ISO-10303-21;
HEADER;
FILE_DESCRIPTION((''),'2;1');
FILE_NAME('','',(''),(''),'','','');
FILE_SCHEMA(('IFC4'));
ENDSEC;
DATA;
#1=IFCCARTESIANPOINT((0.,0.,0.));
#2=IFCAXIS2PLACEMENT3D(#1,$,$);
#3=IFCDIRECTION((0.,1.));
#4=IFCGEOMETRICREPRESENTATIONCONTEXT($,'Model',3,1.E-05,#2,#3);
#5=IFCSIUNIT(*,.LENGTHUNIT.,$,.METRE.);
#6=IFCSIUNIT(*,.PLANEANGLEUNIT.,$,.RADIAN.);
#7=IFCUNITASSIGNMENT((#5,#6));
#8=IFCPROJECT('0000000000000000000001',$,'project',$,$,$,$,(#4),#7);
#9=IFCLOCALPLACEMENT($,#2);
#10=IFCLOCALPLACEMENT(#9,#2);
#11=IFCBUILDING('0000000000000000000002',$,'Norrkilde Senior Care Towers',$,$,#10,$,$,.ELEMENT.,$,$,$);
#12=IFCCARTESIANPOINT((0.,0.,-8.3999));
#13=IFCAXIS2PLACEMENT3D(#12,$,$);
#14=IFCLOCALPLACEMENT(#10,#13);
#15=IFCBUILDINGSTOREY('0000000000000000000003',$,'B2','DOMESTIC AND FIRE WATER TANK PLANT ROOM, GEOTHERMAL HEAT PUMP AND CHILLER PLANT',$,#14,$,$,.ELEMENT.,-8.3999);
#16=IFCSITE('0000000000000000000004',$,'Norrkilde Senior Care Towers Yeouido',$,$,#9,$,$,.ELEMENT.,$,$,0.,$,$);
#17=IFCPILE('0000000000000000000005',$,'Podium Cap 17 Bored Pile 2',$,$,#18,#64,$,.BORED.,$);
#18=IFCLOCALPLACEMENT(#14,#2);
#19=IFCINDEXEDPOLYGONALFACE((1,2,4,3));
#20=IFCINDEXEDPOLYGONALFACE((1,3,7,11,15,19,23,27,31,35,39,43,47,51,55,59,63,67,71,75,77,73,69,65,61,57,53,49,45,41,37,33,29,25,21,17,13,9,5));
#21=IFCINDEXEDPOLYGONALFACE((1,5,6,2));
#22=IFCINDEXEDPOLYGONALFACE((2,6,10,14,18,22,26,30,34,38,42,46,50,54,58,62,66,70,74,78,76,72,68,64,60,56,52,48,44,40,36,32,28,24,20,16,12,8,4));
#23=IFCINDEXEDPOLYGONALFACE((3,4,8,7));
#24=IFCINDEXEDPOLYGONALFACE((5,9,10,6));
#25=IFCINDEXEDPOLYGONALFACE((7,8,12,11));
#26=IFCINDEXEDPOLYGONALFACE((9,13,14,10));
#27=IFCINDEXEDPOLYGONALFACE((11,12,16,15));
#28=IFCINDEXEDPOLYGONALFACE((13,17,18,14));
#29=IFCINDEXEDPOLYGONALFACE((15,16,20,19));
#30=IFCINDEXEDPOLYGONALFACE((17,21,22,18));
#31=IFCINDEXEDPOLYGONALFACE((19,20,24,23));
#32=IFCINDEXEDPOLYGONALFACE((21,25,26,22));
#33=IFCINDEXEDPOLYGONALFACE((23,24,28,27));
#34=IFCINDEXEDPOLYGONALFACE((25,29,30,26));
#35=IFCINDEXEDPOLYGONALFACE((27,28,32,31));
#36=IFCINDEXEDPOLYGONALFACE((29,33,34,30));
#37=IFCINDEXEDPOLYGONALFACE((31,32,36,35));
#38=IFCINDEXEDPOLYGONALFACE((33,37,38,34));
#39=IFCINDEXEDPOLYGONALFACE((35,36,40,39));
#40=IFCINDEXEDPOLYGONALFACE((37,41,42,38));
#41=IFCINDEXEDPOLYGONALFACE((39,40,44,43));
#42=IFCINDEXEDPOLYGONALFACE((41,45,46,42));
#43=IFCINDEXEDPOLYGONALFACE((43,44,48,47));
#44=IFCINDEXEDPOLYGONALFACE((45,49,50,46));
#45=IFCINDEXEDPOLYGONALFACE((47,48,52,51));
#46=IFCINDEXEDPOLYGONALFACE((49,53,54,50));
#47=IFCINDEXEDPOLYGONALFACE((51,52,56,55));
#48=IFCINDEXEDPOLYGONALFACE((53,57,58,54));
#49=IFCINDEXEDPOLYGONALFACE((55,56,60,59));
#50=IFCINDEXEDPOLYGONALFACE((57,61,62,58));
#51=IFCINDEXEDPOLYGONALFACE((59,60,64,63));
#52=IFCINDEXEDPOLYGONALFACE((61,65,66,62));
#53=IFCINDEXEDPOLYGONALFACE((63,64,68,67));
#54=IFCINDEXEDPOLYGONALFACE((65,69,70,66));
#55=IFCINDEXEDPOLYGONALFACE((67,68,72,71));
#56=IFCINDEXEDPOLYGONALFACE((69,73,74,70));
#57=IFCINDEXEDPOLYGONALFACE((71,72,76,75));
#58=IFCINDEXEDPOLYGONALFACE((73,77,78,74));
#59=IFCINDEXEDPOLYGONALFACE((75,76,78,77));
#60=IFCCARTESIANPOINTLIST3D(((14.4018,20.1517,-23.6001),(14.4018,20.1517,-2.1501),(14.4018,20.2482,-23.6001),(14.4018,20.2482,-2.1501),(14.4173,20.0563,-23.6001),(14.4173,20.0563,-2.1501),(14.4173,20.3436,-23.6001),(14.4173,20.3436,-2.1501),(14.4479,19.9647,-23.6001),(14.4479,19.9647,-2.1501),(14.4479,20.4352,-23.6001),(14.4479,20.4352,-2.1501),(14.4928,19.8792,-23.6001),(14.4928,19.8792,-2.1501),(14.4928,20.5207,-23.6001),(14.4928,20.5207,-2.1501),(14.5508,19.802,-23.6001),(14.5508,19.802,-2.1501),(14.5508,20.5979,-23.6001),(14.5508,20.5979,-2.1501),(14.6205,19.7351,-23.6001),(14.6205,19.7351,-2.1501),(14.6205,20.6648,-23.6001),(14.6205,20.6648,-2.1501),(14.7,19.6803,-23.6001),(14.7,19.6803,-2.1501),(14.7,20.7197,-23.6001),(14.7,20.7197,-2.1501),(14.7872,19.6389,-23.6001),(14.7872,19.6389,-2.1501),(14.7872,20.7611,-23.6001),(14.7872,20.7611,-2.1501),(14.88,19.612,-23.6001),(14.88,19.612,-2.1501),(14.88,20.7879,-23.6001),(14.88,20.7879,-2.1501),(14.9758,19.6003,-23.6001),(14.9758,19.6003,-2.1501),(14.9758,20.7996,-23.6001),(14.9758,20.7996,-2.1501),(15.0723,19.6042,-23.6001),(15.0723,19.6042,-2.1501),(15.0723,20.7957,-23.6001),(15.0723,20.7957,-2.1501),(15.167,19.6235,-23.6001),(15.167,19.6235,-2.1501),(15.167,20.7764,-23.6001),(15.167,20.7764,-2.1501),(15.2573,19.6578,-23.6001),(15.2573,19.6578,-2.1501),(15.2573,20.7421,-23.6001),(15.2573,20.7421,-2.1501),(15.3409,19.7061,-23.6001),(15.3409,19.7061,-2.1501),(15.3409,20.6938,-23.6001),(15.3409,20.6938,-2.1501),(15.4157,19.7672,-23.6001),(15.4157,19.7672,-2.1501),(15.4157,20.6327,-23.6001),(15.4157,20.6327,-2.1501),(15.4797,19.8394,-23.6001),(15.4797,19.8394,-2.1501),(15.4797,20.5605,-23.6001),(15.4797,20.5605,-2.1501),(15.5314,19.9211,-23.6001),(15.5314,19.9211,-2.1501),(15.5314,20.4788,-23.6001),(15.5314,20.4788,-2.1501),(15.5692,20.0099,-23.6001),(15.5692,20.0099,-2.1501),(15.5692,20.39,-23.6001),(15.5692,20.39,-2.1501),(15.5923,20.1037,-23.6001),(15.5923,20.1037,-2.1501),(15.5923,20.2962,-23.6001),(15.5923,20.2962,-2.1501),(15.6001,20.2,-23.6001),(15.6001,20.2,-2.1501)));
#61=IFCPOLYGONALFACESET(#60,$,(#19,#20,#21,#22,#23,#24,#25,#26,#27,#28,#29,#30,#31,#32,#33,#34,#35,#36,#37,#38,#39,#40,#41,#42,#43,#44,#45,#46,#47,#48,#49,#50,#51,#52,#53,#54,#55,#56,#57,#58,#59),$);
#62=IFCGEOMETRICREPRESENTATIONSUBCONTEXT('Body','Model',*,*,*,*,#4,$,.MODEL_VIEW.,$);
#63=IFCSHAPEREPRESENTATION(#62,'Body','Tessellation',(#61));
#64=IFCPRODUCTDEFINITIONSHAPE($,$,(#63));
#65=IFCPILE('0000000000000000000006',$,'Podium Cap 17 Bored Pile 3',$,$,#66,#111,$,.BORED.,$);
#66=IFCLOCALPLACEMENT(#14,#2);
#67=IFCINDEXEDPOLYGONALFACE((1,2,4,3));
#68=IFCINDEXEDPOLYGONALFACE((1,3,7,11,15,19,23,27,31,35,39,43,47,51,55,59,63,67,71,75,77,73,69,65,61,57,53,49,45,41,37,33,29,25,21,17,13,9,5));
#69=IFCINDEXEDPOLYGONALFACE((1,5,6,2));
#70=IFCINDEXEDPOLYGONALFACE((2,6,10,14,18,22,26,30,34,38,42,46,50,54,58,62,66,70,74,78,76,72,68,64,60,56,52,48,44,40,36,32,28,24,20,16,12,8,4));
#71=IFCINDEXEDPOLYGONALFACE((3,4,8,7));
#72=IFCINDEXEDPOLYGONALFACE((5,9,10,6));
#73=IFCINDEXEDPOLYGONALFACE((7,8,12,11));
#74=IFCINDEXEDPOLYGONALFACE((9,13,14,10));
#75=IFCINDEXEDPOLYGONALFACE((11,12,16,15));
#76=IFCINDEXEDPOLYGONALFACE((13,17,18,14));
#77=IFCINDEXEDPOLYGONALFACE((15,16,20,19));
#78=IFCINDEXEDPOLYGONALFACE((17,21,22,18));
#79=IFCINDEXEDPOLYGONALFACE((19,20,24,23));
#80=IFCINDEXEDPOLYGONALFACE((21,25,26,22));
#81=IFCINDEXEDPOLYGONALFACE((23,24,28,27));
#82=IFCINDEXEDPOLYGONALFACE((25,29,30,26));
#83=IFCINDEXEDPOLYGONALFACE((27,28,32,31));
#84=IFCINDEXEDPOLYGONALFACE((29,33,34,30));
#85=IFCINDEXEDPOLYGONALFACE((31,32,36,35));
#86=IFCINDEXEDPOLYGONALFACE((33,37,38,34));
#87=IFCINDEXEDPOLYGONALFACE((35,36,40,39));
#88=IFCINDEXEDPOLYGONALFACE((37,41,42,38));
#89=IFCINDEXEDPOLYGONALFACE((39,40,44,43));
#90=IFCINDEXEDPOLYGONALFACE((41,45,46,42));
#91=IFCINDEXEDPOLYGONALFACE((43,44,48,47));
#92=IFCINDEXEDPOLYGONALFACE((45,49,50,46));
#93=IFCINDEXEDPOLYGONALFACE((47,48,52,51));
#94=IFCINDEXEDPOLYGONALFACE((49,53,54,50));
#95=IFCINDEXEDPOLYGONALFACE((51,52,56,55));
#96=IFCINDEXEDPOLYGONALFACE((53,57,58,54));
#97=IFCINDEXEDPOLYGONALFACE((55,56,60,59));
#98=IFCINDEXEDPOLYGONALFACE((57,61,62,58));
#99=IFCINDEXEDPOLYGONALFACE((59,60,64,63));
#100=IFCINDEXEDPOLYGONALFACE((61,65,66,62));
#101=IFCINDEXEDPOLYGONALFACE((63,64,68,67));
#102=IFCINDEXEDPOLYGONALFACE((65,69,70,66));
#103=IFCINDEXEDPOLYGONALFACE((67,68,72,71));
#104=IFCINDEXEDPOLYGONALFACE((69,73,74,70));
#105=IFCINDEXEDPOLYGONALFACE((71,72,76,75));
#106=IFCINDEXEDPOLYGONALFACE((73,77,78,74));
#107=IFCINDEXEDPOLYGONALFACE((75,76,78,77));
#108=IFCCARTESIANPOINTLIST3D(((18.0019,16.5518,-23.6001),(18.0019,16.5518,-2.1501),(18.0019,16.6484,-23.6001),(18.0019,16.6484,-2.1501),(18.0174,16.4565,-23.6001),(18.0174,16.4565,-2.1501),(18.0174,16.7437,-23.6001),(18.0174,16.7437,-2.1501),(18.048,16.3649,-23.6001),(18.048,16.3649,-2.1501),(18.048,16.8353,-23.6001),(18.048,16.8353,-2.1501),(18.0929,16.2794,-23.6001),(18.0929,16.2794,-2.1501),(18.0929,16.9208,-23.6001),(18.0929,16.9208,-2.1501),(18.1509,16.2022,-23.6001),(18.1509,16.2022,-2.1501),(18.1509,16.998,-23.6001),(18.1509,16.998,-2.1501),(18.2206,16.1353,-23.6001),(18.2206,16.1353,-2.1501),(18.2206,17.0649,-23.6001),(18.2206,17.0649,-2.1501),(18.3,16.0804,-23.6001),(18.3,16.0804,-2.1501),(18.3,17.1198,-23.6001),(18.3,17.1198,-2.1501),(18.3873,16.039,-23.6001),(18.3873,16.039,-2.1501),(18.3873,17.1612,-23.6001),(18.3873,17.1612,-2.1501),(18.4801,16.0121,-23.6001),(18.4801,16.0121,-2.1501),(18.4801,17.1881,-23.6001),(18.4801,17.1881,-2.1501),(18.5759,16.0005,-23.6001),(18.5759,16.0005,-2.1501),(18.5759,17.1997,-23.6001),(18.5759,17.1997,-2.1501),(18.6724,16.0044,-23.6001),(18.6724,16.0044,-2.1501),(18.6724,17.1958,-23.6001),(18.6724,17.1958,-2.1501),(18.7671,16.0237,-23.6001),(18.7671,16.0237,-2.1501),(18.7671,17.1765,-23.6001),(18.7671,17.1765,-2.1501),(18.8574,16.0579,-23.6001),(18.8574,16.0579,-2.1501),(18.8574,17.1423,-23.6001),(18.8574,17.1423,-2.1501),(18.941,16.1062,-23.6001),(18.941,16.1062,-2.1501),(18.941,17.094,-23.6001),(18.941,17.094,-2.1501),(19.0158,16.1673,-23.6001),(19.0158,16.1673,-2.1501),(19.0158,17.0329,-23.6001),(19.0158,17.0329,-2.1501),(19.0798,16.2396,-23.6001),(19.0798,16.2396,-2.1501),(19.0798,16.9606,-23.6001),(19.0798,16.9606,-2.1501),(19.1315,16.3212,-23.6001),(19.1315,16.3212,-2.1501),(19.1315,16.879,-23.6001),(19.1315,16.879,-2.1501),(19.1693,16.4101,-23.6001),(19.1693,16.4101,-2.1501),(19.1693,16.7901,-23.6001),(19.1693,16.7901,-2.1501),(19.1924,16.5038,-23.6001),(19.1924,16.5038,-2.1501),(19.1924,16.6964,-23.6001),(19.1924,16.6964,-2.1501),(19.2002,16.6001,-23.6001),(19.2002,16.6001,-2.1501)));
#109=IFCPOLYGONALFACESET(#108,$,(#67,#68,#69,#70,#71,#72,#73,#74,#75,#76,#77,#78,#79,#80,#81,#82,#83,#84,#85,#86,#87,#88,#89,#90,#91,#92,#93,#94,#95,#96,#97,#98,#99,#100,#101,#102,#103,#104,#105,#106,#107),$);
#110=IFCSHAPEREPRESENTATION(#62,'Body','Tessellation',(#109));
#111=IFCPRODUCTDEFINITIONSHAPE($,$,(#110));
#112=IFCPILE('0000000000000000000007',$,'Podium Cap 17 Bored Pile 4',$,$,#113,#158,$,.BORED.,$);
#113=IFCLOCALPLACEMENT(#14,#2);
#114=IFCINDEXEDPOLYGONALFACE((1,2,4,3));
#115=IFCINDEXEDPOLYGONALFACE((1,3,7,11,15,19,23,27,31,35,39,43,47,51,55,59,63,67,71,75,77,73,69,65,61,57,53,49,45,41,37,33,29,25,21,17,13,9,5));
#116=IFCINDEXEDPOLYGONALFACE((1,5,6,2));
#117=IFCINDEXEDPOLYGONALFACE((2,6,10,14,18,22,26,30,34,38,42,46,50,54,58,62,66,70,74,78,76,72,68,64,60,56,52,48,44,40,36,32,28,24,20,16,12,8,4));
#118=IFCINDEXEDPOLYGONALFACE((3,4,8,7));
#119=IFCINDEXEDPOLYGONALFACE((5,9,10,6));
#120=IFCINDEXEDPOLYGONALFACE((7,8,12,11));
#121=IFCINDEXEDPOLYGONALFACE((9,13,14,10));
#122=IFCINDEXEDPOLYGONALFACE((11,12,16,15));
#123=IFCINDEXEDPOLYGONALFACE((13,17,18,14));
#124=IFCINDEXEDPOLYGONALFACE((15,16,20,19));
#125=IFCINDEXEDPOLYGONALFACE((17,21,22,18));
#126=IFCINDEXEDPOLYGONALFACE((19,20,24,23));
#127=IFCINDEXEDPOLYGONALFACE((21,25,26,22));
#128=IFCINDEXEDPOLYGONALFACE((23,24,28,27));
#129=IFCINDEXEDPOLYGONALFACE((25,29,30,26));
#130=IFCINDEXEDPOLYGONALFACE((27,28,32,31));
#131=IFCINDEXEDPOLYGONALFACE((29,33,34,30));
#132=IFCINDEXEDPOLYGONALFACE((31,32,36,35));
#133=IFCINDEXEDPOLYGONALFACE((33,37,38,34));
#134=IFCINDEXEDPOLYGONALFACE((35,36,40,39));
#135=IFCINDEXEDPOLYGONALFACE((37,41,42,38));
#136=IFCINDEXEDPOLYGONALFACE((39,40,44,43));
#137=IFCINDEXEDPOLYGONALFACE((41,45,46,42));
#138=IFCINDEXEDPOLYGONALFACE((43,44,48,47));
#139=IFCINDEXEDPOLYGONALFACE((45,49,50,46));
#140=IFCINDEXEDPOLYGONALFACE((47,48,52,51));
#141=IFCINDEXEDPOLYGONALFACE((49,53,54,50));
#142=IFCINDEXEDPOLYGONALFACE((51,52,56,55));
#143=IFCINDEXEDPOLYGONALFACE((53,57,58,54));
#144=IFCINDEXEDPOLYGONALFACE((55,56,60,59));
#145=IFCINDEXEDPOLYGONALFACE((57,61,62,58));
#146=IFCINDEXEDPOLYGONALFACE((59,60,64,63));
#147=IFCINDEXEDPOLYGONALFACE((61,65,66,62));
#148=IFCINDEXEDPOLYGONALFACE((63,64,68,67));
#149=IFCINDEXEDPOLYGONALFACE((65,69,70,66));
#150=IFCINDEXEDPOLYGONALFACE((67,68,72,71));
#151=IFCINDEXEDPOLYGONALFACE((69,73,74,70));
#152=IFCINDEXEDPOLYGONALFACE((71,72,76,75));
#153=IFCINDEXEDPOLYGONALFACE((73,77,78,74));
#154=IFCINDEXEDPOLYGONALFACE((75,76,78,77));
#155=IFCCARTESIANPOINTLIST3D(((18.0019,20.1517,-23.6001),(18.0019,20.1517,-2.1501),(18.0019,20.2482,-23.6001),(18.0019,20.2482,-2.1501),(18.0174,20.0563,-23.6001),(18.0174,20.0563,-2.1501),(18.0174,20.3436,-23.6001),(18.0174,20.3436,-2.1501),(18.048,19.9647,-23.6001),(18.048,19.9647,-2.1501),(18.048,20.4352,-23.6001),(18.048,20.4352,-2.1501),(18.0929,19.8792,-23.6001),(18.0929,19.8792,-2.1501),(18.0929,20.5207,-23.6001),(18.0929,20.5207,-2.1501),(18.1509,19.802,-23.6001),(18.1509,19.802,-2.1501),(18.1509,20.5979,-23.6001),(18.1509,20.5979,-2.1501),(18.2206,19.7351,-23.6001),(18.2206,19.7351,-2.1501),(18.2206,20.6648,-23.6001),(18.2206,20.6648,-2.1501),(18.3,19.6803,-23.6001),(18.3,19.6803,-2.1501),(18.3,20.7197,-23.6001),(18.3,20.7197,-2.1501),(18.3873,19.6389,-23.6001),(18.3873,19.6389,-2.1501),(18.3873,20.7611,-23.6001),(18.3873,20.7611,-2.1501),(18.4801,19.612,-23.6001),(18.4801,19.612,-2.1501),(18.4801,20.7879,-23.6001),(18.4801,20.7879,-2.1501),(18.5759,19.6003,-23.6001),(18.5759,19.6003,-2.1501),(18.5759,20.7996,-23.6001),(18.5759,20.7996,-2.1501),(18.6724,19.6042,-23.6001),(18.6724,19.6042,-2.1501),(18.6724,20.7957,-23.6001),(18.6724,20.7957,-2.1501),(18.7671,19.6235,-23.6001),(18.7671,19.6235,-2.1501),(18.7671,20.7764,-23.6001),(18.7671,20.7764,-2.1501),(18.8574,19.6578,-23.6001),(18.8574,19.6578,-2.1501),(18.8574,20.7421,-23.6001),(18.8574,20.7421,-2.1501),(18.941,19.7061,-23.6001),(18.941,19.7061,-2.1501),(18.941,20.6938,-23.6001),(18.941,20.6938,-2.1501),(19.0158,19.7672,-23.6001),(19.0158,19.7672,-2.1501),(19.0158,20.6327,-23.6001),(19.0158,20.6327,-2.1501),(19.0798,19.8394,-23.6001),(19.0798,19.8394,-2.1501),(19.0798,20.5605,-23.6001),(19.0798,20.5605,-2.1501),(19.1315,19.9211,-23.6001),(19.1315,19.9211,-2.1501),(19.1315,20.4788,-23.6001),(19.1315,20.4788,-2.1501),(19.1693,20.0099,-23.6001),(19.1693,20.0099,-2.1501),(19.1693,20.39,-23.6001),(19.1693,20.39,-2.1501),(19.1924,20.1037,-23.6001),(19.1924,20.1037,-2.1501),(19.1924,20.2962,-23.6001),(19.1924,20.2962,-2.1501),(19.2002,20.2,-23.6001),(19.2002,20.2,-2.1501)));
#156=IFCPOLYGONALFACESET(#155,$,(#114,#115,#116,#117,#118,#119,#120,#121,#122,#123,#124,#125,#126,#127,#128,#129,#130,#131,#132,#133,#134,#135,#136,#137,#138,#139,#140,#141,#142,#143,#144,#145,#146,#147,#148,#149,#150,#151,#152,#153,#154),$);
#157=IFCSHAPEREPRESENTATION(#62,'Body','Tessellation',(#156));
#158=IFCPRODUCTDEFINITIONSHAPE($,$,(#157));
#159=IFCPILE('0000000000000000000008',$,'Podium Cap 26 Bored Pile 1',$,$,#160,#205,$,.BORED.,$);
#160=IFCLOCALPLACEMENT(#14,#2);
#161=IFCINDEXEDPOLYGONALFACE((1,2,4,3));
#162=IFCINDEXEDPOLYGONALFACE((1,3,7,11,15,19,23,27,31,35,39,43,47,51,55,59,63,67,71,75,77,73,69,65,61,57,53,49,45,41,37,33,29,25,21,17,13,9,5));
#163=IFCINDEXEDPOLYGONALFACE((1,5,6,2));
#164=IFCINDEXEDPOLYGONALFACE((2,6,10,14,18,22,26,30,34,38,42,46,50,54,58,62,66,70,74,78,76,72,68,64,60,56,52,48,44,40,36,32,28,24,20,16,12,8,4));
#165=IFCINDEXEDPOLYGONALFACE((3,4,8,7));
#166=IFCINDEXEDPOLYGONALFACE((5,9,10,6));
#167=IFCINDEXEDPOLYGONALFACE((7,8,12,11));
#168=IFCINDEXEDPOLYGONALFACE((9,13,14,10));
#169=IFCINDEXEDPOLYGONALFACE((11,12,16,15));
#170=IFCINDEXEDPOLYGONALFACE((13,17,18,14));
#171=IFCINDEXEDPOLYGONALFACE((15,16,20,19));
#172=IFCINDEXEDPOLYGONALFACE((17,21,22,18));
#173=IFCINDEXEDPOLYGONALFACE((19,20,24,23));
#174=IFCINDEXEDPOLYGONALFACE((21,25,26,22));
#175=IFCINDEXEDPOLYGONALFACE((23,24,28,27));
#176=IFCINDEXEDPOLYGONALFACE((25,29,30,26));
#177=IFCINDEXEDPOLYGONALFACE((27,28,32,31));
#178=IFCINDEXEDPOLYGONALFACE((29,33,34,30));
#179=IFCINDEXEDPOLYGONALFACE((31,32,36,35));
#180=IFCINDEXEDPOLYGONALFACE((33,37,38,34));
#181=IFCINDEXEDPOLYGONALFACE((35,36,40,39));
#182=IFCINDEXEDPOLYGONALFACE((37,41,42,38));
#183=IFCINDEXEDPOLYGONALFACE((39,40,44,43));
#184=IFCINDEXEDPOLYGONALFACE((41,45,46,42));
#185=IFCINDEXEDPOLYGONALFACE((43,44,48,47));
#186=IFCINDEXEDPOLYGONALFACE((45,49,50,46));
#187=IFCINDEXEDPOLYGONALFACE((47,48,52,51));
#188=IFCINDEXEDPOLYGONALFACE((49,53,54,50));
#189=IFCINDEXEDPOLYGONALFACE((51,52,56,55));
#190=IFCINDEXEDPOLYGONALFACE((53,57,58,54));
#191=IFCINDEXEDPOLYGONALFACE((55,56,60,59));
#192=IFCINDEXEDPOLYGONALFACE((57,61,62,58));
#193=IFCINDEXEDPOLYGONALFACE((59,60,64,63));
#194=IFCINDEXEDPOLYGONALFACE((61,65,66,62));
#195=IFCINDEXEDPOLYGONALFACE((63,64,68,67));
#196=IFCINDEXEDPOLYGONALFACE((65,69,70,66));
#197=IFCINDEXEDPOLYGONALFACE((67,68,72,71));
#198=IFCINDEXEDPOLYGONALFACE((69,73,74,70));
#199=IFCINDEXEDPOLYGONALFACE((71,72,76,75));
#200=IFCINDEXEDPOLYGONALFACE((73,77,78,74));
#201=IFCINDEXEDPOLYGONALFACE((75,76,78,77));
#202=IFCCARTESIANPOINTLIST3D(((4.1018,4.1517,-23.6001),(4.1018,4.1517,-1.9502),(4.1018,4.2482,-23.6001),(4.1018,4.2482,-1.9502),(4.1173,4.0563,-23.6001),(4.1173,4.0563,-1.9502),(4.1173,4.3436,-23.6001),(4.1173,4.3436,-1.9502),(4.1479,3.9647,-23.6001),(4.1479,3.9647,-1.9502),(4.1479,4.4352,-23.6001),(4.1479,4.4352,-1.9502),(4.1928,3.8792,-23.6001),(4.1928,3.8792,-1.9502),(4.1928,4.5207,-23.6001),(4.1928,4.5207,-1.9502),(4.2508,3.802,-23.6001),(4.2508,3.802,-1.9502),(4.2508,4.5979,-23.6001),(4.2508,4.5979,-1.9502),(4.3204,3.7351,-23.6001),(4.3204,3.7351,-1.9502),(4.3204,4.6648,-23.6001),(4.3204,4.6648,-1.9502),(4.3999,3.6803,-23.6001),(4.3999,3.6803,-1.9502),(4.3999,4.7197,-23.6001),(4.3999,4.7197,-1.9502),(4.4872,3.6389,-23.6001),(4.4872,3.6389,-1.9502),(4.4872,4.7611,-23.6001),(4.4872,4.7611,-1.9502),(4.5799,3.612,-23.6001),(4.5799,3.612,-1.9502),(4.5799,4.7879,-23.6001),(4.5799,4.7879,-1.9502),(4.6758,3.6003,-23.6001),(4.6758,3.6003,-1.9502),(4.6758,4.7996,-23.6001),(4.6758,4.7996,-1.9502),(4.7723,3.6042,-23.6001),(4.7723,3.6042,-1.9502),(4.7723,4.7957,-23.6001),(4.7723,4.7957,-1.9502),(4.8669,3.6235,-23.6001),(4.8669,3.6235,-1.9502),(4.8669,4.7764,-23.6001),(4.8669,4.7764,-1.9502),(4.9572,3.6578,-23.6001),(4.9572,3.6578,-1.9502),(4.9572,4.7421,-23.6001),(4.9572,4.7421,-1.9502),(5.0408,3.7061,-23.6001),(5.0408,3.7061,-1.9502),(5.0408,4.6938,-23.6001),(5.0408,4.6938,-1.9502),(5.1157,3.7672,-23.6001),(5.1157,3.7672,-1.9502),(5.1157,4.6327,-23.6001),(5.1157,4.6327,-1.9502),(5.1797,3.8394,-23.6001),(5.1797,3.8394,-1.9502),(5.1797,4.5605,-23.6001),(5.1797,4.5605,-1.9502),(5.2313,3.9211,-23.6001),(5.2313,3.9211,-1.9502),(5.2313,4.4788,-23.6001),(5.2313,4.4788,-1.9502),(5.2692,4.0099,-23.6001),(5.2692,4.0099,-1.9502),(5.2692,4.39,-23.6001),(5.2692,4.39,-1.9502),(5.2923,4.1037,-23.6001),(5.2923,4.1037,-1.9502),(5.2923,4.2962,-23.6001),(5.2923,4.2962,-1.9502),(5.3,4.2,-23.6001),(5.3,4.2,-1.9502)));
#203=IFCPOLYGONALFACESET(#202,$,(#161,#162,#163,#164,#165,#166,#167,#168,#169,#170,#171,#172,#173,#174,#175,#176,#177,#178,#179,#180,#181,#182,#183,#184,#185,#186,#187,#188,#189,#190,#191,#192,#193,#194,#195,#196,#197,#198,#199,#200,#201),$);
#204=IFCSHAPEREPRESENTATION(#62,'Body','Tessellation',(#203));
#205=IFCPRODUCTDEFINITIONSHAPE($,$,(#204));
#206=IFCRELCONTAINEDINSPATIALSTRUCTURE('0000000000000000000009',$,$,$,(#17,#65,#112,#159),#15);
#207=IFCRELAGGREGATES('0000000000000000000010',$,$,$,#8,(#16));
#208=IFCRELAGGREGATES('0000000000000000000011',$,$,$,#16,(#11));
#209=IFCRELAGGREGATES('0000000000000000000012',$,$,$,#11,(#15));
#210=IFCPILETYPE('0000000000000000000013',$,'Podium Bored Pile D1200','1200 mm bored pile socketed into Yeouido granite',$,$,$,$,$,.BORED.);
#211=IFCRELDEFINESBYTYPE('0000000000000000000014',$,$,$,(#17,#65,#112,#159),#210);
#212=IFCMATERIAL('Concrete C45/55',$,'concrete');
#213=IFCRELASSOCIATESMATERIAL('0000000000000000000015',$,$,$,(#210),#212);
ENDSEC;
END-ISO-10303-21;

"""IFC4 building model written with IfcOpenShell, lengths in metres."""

from ifc_helpers import new_model, si_unit, direction, frame, origin, origin_2d, place, context, subcontext, project, spatial, circle, extrude, source, transform, mapped, material, material_profile, profile_set, type_object, type_shapes, element, save


model = new_model("IFC4")

# Units and contexts
model_context = context("Model", 3, precision=1e-05, world=origin(), true_north=direction((0.0, 1.0)))
body_context = subcontext(model_context, "Body", "Model", "MODEL_VIEW")
ifc_project = project(units=[si_unit("LENGTHUNIT", "METRE"), si_unit("PLANEANGLEUNIT", "RADIAN")], contexts=[model_context])

# Site, building, storey
site_placement = place(None, origin())
site = spatial("IfcSite", under=ifc_project, at=site_placement, Name="Norrkilde Senior Care Towers Yeouido", CompositionType="ELEMENT", RefElevation=0.0)
building_placement = place(site_placement, origin())
building = spatial("IfcBuilding", under=site, at=building_placement, Name="Norrkilde Senior Care Towers", CompositionType="ELEMENT")
storey_placement = place(building_placement, frame((0.0, 0.0, -8.3999)))
storey = spatial("IfcBuildingStorey", under=building, at=storey_placement, Name="B2", Description="DOMESTIC AND FIRE WATER TANK PLANT ROOM, GEOTHERMAL HEAT PUMP AND CHILLER PLANT", CompositionType="ELEMENT", Elevation=-8.3999)

# Piles
ifc_material_1 = material(Name="Concrete C45/55", Category="concrete")
ifc_material_profile_1 = material_profile(ifc_material_1, circle(Radius=0.6001, at=origin_2d()), Name="BORED PILE 1200")
ifc_profile_set_1 = profile_set([ifc_material_profile_1], Name="Concrete C45/55")
pile_type_1 = type_object("IfcPileType", Name="Podium Bored Pile D1200", Description="1200 mm bored pile socketed into Yeouido granite", PredefinedType="BORED", material=ifc_profile_set_1)
shared_shape_1 = source(origin(), body_context, "Body", "SweptSolid", [
    extrude(circle(Radius=0.6001, at=origin_2d()), origin(), (0.0, 0.0, 1.0), 21.45),
])
for number, where, z_axis, x_axis, name in (
    (1, (15.0, 20.2, -2.1501), (0.0, 0.0, -1.0), (1.0, 0.0, 0.0), "Podium Cap 17 Bored Pile 2"),
    (2, (18.6001, 16.6001, -2.1501), (0.0, 0.0, -1.0), (1.0, 0.0, 0.0), "Podium Cap 17 Bored Pile 3"),
    (3, (18.6001, 20.2, -2.1501), (0.0, 0.0, -1.0), (1.0, 0.0, 0.0), "Podium Cap 17 Bored Pile 4"),
):
    element("IfcPile", number, at=place(storey_placement, frame(where, z_axis=z_axis, x_axis=x_axis)), inside=storey, type_object=pile_type_1, Name=name, PredefinedType="BORED", context=body_context, shape_type="MappedRepresentation", body=[
        mapped(shared_shape_1, transform((0.0, 0.0, 0.0), x_axis=(1.0, 0.0, 0.0), y_axis=(0.0, 1.0, 0.0), z_axis=(0.0, 0.0, 1.0), scale=1.0)),
    ])
shared_shape_2 = source(origin(), body_context, "Body", "SweptSolid", [
    extrude(circle(Radius=0.6001, at=origin_2d()), origin(), (0.0, 0.0, 1.0), 21.6499),
])
type_shapes(pile_type_1, [shared_shape_1, shared_shape_2])
for number, where, z_axis, x_axis, name in (
    (4, (4.7, 4.2, -1.9502), (0.0, 0.0, -1.0), (1.0, 0.0, 0.0), "Podium Cap 26 Bored Pile 1"),
):
    element("IfcPile", number, at=place(storey_placement, frame(where, z_axis=z_axis, x_axis=x_axis)), inside=storey, type_object=pile_type_1, Name=name, PredefinedType="BORED", context=body_context, shape_type="MappedRepresentation", body=[
        mapped(shared_shape_2, transform((0.0, 0.0, 0.0), x_axis=(1.0, 0.0, 0.0), y_axis=(0.0, 1.0, 0.0), z_axis=(0.0, 0.0, 1.0), scale=1.0)),
    ])

save(model, "model.ifc")
